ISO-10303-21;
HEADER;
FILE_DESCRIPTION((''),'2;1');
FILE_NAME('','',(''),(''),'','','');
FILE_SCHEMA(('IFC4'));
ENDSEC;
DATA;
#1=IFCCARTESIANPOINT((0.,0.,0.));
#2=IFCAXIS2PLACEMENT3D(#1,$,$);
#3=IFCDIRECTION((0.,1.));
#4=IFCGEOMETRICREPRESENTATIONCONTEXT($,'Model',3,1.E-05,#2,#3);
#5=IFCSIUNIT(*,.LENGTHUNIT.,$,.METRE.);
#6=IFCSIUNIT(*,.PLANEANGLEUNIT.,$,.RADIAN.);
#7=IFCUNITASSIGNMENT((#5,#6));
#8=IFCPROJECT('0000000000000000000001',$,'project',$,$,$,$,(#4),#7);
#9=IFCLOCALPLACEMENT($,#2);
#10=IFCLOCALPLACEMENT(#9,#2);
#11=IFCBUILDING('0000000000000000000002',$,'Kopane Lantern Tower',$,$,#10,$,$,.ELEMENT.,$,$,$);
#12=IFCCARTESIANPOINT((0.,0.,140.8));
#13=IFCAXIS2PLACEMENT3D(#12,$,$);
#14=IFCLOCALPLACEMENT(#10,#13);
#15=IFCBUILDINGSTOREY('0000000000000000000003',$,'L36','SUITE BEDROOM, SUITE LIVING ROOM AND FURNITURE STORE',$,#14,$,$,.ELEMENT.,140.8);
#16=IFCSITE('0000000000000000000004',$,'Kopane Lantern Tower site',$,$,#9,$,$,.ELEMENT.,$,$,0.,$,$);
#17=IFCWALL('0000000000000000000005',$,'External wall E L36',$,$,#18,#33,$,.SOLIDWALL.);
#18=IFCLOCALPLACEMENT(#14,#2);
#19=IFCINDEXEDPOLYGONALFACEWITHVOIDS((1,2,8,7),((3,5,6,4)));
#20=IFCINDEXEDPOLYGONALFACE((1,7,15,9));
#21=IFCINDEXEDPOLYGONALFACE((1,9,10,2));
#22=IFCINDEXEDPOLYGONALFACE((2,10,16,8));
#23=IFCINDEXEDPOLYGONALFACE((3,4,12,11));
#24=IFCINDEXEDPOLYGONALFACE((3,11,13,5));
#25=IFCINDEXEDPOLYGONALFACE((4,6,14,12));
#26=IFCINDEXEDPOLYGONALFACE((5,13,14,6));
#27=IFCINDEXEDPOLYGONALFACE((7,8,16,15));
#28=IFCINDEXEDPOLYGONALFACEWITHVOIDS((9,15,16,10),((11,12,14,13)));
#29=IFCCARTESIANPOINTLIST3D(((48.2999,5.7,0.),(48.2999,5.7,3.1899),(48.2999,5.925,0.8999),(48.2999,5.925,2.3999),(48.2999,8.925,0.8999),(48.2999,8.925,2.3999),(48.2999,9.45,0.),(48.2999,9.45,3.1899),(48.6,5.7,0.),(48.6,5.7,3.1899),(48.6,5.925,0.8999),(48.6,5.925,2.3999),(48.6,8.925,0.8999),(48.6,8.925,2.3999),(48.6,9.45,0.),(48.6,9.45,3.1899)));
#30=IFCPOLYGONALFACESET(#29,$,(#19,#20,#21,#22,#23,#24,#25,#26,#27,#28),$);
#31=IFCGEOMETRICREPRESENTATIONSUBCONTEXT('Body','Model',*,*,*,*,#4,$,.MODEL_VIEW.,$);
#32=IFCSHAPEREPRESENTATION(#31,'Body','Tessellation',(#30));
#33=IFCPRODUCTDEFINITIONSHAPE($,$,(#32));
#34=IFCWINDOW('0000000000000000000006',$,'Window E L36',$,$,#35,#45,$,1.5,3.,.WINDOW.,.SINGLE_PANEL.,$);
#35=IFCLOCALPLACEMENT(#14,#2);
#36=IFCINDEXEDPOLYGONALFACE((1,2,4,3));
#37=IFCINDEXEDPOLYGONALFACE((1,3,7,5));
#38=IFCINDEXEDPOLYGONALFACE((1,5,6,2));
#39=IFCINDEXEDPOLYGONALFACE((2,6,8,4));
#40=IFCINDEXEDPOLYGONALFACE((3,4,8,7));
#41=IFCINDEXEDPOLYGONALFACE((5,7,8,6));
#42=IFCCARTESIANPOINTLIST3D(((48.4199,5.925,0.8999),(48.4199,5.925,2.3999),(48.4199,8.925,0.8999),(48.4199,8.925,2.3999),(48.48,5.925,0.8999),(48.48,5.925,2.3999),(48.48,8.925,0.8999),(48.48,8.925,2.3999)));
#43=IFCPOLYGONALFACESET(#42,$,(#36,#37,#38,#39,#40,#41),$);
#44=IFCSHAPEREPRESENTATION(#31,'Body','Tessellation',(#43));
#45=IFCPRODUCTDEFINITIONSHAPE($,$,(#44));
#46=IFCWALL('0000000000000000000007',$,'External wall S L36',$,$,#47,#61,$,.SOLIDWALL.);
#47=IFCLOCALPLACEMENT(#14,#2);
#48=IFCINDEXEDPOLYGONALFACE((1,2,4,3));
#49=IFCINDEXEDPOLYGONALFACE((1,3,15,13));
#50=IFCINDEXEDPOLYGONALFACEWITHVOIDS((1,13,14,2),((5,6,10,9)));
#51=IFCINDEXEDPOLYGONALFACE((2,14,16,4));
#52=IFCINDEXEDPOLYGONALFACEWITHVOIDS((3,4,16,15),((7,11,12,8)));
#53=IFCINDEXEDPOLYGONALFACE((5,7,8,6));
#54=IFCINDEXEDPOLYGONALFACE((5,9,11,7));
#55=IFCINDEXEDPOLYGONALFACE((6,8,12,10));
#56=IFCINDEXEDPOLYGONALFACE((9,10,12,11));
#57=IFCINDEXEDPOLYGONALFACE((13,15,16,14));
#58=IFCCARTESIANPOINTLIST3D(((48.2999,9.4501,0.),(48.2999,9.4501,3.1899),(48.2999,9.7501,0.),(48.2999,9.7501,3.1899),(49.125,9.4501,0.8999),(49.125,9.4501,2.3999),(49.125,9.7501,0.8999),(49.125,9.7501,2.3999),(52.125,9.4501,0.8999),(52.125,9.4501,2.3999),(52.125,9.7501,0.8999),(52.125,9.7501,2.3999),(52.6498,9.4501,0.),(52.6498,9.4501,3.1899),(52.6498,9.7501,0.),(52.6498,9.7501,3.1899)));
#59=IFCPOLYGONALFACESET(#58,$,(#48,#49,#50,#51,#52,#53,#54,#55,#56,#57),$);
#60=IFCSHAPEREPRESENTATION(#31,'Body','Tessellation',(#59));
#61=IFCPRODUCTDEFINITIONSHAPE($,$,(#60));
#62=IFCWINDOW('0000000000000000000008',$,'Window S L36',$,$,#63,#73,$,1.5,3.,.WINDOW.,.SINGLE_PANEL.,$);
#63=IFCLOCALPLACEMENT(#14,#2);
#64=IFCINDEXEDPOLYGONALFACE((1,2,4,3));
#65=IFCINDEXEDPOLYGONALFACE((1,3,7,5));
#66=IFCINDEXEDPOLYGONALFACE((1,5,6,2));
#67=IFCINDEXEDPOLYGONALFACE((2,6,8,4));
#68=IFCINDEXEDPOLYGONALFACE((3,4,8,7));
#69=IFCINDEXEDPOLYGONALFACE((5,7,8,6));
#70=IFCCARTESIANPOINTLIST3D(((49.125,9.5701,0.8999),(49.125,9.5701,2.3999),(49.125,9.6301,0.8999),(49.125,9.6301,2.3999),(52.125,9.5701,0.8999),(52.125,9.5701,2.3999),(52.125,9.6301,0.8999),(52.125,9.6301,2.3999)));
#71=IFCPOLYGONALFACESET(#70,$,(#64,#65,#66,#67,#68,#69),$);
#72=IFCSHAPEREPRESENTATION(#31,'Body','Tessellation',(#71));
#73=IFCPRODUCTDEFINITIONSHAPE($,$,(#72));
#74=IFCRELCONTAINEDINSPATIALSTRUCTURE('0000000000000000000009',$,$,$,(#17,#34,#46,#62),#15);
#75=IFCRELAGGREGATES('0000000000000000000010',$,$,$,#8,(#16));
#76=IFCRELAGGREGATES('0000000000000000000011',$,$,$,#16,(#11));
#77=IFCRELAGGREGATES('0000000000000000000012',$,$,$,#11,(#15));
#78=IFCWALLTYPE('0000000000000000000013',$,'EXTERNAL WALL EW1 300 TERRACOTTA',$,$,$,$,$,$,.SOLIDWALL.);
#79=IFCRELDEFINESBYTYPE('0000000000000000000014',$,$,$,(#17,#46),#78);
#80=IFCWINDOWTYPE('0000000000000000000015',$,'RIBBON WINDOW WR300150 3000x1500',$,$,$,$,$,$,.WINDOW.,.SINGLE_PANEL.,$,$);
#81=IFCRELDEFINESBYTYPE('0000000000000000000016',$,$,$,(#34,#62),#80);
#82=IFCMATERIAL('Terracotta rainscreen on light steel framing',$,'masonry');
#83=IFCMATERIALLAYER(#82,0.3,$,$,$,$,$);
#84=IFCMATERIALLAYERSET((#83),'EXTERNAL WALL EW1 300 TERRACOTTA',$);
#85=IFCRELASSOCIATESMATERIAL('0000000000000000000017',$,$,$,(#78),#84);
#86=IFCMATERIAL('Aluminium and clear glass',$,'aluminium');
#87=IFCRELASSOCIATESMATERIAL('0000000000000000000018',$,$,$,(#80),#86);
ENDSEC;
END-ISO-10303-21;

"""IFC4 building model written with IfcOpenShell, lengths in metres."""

from ifc_helpers import new_model, si_unit, direction, frame, frame_2d, origin, place, context, subcontext, project, spatial, rectangle, extrude, material, layer, layer_set, type_object, element, fill, save


model = new_model("IFC4")

# Units and contexts
model_context = context("Model", 3, precision=1e-05, world=origin(), true_north=direction((0.0, 1.0)))
body_context = subcontext(model_context, "Body", "Model", "MODEL_VIEW")
ifc_project = project(units=[si_unit("LENGTHUNIT", "METRE"), si_unit("PLANEANGLEUNIT", "RADIAN")], contexts=[model_context])

# Site, building, storey
site_placement = place(None, origin())
site = spatial("IfcSite", under=ifc_project, at=site_placement, Name="Kopane Lantern Tower site", CompositionType="ELEMENT", RefElevation=0.0)
building_placement = place(site_placement, origin())
building = spatial("IfcBuilding", under=site, at=building_placement, Name="Kopane Lantern Tower", CompositionType="ELEMENT")
storey_placement = place(building_placement, frame((0.0, 0.0, 140.8)))
storey = spatial("IfcBuildingStorey", under=building, at=storey_placement, Name="L36", Description="SUITE BEDROOM, SUITE LIVING ROOM AND FURNITURE STORE", CompositionType="ELEMENT", Elevation=140.8)

# Walls, openings, windows
ifc_material_1 = material(Name="Terracotta rainscreen on light steel framing", Category="masonry")
ifc_layer_1 = layer(ifc_material_1, 0.3)
ifc_layer_set_1 = layer_set([ifc_layer_1], Name="EXTERNAL WALL EW1 300 TERRACOTTA")
wall_type_1 = type_object("IfcWallType", Name="EXTERNAL WALL EW1 300 TERRACOTTA", PredefinedType="SOLIDWALL", material=ifc_layer_set_1)
wall_1_placement = place(storey_placement, frame((48.45, 5.7, 0.0), z_axis=(0.0, 0.0, 1.0), x_axis=(0.0, 1.0, 0.0)))
wall_1 = element("IfcWall", 1, at=wall_1_placement, inside=storey, type_object=wall_type_1, Name="External wall E L36", PredefinedType="SOLIDWALL", context=body_context, shape_type="SweptSolid", body=[
    extrude(rectangle(XDim=3.75, YDim=0.3, at=frame_2d((1.875, 0.0))), origin(), (0.0, 0.0, 1.0), 3.1899),
])
opening_1_placement = place(wall_1_placement, frame((0.2251, 0.0, 0.8999)))
opening_1 = element("IfcOpeningElement", 2, at=opening_1_placement, cuts=wall_1, PredefinedType="OPENING", context=body_context, shape_type="SweptSolid", body=[
    extrude(rectangle(XDim=3.0, YDim=1.5, at=frame_2d((1.5, 0.75))), frame((0.0, 0.1599, 0.0), z_axis=(0.0, -1.0, 0.0), x_axis=(1.0, 0.0, 0.0)), (0.0, 0.0, 1.0), 0.3201),
])
ifc_material_2 = material(Name="Aluminium and clear glass", Category="aluminium")
window_type = type_object("IfcWindowType", Name="RIBBON WINDOW WR300150 3000x1500", PartitioningType="SINGLE_PANEL", PredefinedType="WINDOW", material=ifc_material_2)
window_1_placement = place(opening_1_placement, origin())
window_1 = element("IfcWindow", 3, at=window_1_placement, inside=storey, type_object=window_type, Name="Window E L36", OverallHeight=1.5, OverallWidth=3.0, PartitioningType="SINGLE_PANEL", PredefinedType="WINDOW", context=body_context, shape_type="SweptSolid", body=[
    extrude(rectangle(XDim=3.0, YDim=1.5, at=frame_2d((1.5, 0.75))), frame((0.0, 0.03, 0.0), z_axis=(0.0, -1.0, 0.0), x_axis=(1.0, 0.0, 0.0)), (0.0, 0.0, 1.0), 0.0601),
])
fill(opening_1, window_1)
wall_2_placement = place(storey_placement, frame((48.3, 9.6001, 0.0), z_axis=(0.0, 0.0, 1.0), x_axis=(1.0, 0.0, 0.0)))
wall_2 = element("IfcWall", 4, at=wall_2_placement, inside=storey, type_object=wall_type_1, Name="External wall S L36", PredefinedType="SOLIDWALL", context=body_context, shape_type="SweptSolid", body=[
    extrude(rectangle(XDim=4.3499, YDim=0.3, at=frame_2d((2.1748, 0.0))), origin(), (0.0, 0.0, 1.0), 3.1899),
])
opening_2_placement = place(wall_2_placement, frame((0.825, 0.0, 0.8999)))
opening_2 = element("IfcOpeningElement", 5, at=opening_2_placement, cuts=wall_2, PredefinedType="OPENING", context=body_context, shape_type="SweptSolid", body=[
    extrude(rectangle(XDim=3.0, YDim=1.5, at=frame_2d((1.5, 0.75))), frame((0.0, 0.1599, 0.0), z_axis=(0.0, -1.0, 0.0), x_axis=(1.0, 0.0, 0.0)), (0.0, 0.0, 1.0), 0.3201),
])
window_2_placement = place(opening_2_placement, origin())
window_2 = element("IfcWindow", 6, at=window_2_placement, inside=storey, type_object=window_type, Name="Window S L36", OverallHeight=1.5, OverallWidth=3.0, PartitioningType="SINGLE_PANEL", PredefinedType="WINDOW", context=body_context, shape_type="SweptSolid", body=[
    extrude(rectangle(XDim=3.0, YDim=1.5, at=frame_2d((1.5, 0.75))), frame((0.0, 0.03, 0.0), z_axis=(0.0, -1.0, 0.0), x_axis=(1.0, 0.0, 0.0)), (0.0, 0.0, 1.0), 0.0601),
])
fill(opening_2, window_2)

save(model, "model.ifc")
